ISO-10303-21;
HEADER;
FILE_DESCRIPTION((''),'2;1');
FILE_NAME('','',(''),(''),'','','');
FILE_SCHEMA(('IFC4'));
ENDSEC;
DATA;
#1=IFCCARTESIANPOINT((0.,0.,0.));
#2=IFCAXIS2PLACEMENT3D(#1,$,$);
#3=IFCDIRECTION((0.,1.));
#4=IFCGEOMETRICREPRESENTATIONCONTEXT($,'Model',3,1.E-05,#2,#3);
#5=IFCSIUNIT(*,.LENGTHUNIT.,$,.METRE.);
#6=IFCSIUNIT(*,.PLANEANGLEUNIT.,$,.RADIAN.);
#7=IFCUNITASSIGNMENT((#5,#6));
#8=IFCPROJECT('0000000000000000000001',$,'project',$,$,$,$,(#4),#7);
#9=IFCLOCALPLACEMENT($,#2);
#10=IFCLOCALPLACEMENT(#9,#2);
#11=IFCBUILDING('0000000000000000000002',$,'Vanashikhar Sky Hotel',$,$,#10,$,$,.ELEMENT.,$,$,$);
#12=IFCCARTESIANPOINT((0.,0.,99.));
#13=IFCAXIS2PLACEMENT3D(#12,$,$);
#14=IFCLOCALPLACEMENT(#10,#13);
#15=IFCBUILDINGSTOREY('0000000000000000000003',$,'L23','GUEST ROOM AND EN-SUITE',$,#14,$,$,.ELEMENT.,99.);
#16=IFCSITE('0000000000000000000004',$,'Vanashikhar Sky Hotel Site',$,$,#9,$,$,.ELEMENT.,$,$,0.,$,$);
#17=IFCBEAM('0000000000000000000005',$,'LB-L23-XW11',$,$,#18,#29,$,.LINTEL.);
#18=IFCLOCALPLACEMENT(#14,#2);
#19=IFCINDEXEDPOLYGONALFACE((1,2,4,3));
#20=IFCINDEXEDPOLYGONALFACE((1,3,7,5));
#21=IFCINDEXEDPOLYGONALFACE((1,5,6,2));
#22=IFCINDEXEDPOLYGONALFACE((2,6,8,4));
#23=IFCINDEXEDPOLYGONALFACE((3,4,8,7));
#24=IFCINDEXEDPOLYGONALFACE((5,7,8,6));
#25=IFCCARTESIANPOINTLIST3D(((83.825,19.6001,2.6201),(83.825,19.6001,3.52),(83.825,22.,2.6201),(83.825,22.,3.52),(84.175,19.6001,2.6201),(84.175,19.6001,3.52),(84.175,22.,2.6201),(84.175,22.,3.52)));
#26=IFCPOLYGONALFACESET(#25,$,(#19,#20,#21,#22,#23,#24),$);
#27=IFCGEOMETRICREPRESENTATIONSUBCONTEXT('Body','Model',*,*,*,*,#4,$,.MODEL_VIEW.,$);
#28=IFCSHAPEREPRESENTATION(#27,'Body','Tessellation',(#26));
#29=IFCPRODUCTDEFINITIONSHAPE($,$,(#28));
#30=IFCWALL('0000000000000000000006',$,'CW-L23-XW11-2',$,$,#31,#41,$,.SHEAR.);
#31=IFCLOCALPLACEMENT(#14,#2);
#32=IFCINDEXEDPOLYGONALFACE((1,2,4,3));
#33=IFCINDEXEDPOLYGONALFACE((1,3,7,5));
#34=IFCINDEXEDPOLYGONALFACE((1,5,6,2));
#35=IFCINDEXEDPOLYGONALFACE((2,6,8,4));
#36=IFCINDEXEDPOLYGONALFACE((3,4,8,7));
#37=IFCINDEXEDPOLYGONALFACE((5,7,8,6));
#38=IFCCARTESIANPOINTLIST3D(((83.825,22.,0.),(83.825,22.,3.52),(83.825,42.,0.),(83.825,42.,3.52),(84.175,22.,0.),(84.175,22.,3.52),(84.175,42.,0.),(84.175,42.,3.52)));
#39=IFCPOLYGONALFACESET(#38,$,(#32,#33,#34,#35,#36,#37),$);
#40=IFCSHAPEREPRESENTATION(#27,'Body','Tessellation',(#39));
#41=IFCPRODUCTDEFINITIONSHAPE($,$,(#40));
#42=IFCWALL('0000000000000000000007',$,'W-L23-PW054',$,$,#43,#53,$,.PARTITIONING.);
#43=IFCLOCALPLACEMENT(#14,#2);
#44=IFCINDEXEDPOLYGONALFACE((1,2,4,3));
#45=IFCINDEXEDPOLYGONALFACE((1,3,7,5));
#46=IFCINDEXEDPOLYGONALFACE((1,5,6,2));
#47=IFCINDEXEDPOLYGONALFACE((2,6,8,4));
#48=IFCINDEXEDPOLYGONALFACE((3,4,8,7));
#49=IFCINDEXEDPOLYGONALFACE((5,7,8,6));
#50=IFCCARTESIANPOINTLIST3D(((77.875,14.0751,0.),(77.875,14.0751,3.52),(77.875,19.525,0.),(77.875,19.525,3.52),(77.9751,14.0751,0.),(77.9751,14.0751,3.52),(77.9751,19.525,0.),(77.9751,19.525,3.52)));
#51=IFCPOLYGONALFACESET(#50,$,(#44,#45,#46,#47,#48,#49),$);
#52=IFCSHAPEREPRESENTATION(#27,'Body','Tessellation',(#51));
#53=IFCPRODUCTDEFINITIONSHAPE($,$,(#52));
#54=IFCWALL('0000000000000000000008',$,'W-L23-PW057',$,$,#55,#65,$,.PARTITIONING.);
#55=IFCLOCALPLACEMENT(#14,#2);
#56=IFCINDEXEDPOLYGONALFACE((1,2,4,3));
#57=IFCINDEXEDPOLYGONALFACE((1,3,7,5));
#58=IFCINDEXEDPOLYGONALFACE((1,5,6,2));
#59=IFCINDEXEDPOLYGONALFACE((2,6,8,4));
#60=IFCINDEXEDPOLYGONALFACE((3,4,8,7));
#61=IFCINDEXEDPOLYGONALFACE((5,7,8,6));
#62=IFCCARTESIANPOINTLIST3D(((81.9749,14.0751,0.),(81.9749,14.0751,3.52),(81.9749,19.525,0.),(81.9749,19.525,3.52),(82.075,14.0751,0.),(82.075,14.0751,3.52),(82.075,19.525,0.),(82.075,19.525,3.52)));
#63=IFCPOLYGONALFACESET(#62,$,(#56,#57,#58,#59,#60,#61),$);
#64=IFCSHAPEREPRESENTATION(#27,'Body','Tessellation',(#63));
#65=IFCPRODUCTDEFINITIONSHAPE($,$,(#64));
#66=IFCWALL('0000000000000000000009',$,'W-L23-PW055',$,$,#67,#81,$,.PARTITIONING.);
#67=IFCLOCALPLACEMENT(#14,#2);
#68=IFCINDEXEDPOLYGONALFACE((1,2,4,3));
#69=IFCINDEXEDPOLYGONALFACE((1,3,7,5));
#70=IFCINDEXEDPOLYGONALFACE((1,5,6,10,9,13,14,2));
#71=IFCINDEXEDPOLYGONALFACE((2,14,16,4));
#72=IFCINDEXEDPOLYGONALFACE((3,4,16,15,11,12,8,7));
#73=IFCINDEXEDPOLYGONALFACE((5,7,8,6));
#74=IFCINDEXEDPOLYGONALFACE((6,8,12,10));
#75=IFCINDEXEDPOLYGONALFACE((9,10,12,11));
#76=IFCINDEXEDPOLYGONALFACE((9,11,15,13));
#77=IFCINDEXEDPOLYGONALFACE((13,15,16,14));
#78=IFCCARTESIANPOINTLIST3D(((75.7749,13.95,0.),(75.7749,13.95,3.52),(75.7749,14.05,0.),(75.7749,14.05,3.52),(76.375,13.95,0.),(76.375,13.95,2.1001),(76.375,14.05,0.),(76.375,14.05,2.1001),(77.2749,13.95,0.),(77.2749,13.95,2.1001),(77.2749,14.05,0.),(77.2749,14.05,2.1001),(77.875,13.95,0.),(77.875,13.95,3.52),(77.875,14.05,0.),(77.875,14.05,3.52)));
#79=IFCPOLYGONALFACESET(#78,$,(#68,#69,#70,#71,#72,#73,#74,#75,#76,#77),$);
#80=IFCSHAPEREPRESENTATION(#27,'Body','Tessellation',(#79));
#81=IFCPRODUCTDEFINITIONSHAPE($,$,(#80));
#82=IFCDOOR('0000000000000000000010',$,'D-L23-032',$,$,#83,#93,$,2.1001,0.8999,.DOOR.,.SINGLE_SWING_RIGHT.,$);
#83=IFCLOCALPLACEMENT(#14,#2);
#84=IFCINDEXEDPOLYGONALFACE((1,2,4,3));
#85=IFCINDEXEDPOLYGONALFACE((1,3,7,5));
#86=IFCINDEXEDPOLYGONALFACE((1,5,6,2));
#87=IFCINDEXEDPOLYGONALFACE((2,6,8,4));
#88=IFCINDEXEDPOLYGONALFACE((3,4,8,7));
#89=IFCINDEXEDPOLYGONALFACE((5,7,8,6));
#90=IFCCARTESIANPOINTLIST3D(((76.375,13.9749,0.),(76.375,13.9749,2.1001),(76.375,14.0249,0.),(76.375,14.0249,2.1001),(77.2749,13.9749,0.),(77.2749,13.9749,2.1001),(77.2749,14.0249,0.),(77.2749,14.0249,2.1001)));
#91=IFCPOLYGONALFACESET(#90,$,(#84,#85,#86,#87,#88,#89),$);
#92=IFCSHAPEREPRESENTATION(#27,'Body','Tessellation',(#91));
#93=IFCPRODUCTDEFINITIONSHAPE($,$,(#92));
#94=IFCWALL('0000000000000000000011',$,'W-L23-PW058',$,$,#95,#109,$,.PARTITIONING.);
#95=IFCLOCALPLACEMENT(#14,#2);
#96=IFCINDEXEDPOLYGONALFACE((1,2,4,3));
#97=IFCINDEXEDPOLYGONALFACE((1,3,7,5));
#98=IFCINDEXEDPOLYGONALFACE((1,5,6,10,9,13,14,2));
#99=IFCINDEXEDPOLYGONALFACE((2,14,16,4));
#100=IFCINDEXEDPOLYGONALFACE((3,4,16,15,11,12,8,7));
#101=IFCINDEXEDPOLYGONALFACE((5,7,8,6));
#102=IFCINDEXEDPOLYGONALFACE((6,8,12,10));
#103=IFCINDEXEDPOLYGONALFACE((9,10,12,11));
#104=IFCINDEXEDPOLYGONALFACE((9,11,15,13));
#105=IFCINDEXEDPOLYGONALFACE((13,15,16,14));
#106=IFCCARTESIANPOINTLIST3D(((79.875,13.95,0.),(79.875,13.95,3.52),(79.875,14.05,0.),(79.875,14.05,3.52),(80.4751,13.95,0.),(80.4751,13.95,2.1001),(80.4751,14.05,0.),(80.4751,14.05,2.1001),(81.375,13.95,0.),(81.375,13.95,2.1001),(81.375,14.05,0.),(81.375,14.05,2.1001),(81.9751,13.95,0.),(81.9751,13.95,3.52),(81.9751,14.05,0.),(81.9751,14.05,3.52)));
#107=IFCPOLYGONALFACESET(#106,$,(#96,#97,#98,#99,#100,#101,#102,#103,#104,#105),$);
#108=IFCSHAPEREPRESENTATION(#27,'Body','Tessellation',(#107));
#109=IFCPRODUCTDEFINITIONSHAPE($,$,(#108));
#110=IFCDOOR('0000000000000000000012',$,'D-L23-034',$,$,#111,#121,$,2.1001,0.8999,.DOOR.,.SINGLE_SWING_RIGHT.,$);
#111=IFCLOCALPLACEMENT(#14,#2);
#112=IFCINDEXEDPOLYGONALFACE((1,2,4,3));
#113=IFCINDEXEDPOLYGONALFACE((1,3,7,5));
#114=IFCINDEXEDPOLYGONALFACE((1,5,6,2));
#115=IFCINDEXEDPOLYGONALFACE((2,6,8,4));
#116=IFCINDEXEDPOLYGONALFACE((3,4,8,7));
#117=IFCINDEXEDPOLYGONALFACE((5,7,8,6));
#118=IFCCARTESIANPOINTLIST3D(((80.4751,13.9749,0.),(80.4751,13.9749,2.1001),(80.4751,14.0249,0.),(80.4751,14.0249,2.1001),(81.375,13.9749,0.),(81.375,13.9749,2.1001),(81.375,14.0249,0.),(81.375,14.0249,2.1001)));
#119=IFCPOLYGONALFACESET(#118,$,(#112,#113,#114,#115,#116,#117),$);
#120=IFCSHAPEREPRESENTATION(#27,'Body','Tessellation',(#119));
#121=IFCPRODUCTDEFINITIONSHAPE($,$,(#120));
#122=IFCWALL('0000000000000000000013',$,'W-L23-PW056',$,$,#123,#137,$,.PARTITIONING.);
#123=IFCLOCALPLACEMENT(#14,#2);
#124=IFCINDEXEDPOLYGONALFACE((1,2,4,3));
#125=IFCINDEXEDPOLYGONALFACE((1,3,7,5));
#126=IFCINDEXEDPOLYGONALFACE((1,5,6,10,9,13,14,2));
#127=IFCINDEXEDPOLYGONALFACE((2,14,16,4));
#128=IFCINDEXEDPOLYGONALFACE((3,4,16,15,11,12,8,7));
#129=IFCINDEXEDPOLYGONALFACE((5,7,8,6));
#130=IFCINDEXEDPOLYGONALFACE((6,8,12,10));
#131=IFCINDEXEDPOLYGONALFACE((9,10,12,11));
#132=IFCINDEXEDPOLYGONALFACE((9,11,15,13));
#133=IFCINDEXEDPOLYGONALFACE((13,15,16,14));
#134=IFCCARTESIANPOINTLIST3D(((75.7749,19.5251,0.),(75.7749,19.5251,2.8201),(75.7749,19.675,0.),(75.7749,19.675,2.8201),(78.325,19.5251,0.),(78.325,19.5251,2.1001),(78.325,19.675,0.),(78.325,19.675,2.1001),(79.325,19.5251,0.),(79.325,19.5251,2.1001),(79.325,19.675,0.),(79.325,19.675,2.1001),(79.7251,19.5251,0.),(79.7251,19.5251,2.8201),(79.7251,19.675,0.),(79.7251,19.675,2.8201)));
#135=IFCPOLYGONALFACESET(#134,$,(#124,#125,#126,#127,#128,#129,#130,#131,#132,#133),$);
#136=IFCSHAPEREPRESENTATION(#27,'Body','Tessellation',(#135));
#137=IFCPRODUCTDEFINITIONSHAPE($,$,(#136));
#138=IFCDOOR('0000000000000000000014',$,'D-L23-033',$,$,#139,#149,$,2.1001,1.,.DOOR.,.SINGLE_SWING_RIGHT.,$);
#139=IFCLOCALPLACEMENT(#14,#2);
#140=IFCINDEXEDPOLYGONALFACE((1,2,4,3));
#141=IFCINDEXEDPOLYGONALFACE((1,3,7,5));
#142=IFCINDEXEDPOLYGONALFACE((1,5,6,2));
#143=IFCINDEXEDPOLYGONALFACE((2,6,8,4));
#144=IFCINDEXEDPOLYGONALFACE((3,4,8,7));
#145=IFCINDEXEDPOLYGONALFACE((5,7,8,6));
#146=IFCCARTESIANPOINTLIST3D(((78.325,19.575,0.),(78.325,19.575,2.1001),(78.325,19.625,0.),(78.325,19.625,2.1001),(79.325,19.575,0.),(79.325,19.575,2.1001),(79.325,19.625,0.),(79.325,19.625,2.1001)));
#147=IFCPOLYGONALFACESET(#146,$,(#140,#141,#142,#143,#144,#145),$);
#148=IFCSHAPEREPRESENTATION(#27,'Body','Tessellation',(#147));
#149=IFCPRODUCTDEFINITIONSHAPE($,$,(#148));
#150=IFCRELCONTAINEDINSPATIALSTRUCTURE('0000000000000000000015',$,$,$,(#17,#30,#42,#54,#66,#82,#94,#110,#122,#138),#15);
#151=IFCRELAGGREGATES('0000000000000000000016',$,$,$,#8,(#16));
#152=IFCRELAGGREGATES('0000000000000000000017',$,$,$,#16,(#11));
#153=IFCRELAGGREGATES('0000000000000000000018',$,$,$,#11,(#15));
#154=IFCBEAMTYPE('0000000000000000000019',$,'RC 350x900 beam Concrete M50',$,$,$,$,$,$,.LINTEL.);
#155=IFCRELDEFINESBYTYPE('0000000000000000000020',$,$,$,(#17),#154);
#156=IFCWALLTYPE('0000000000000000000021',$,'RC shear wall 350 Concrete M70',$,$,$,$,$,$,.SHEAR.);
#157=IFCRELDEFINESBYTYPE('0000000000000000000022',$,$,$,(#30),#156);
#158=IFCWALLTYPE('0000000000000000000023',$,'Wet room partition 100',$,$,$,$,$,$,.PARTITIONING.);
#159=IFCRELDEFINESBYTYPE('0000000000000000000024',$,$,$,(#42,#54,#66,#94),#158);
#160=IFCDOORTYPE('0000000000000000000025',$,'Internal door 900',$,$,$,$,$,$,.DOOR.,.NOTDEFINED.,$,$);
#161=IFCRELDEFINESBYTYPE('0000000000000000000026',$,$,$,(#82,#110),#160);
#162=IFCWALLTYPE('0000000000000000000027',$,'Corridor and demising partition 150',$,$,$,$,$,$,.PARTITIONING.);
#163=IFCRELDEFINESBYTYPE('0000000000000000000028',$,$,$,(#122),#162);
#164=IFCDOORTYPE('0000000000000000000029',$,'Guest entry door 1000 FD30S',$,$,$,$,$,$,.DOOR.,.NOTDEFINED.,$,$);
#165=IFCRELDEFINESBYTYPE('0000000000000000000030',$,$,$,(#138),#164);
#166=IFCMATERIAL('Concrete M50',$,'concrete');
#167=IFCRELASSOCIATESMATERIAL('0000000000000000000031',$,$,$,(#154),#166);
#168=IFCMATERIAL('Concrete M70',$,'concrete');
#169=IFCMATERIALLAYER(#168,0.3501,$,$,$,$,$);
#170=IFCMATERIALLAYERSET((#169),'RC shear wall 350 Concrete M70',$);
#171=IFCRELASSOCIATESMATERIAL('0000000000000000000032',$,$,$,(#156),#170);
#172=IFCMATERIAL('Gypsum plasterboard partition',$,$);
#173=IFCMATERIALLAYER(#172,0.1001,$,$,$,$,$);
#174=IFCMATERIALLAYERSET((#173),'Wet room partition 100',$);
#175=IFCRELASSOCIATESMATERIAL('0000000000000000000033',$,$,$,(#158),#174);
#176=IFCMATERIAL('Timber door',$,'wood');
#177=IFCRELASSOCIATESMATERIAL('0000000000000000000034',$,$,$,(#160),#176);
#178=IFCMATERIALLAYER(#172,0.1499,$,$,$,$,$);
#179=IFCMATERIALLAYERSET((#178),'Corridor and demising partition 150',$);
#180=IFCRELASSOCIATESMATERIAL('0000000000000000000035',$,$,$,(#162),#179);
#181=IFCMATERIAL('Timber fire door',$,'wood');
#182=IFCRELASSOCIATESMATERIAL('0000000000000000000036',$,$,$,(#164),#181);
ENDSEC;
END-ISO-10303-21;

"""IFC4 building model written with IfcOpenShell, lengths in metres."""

from ifc_helpers import new_model, si_unit, direction, frame, frame_2d, origin, origin_2d, place, context, subcontext, project, spatial, rectangle, extrude, source, transform, mapped, material, layer, layer_set, material_profile, profile_set, type_object, element, fill, save


model = new_model("IFC4")

# Units and contexts
model_context = context("Model", 3, precision=1e-05, world=origin(), true_north=direction((0.0, 1.0)))
body_context = subcontext(model_context, "Body", "Model", "MODEL_VIEW")
ifc_project = project(units=[si_unit("LENGTHUNIT", "METRE"), si_unit("PLANEANGLEUNIT", "RADIAN")], contexts=[model_context])

# Site, building, storey
site_placement = place(None, origin())
site = spatial("IfcSite", under=ifc_project, at=site_placement, Name="Vanashikhar Sky Hotel Site", CompositionType="ELEMENT", RefElevation=0.0)
building_placement = place(site_placement, origin())
building = spatial("IfcBuilding", under=site, at=building_placement, Name="Vanashikhar Sky Hotel", CompositionType="ELEMENT")
storey_placement = place(building_placement, frame((0.0, 0.0, 99.0)))
storey = spatial("IfcBuildingStorey", under=building, at=storey_placement, Name="L23", Description="GUEST ROOM AND EN-SUITE", CompositionType="ELEMENT", Elevation=99.0)

# Beam
ifc_material_1 = material(Name="Concrete M50", Category="concrete")
ifc_material_profile = material_profile(ifc_material_1, rectangle(XDim=0.3501, YDim=0.8999, at=origin_2d()))
ifc_profile_set = profile_set([ifc_material_profile], Name="RC 350x900 beam Concrete M50")
beam_type = type_object("IfcBeamType", Name="RC 350x900 beam Concrete M50", PredefinedType="LINTEL", material=ifc_profile_set)
shared_shape_1 = source(origin(), body_context, "Body", "SweptSolid", [
    extrude(rectangle(XDim=0.3501, YDim=0.8999, at=origin_2d()), origin(), (0.0, 0.0, 1.0), 2.3999),
])
beam_placement = place(storey_placement, frame((84.0, 19.6001, 3.0701), z_axis=(0.0, 1.0, 0.0), x_axis=(-1.0, 0.0, 0.0)))
element("IfcBeam", 1, at=beam_placement, inside=storey, type_object=beam_type, Name="LB-L23-XW11", PredefinedType="LINTEL", context=body_context, shape_type="MappedRepresentation", body=[
    mapped(shared_shape_1, transform((0.0, 0.0, 0.0), scale=1.0)),
])

# Wall
ifc_material_2 = material(Name="Concrete M70", Category="concrete")
ifc_layer_1 = layer(ifc_material_2, 0.3501)
ifc_layer_set_1 = layer_set([ifc_layer_1], Name="RC shear wall 350 Concrete M70")
wall_type_1 = type_object("IfcWallType", Name="RC shear wall 350 Concrete M70", PredefinedType="SHEAR", material=ifc_layer_set_1)
shared_shape_2 = source(origin(), body_context, "Body", "SweptSolid", [
    extrude(rectangle(XDim=20.0, YDim=0.3501, at=frame_2d((10.0, 0.0))), origin(), (0.0, 0.0, 1.0), 3.52),
])
wall_1_placement = place(storey_placement, frame((84.0, 22.0, 0.0), z_axis=(0.0, 0.0, 1.0), x_axis=(0.0, 1.0, 0.0)))
element("IfcWall", 2, at=wall_1_placement, inside=storey, type_object=wall_type_1, Name="CW-L23-XW11-2", PredefinedType="SHEAR", context=body_context, shape_type="MappedRepresentation", body=[
    mapped(shared_shape_2, transform((0.0, 0.0, 0.0), scale=1.0)),
])

# Walls
ifc_material_3 = material(Name="Gypsum plasterboard partition")
ifc_layer_2 = layer(ifc_material_3, 0.1001)
ifc_layer_set_2 = layer_set([ifc_layer_2], Name="Wet room partition 100")
wall_type_2 = type_object("IfcWallType", Name="Wet room partition 100", PredefinedType="PARTITIONING", material=ifc_layer_set_2)
shared_shape_3 = source(origin(), body_context, "Body", "SweptSolid", [
    extrude(rectangle(XDim=5.45, YDim=0.1001, at=frame_2d((2.7251, 0.0))), origin(), (0.0, 0.0, 1.0), 3.52),
])
for number, where, z_axis, x_axis, name in (
    (3, (77.925, 14.075, 0.0), (0.0, 0.0, 1.0), (0.0, 1.0, 0.0), "W-L23-PW054"),
    (4, (82.0249, 14.075, 0.0), (0.0, 0.0, 1.0), (0.0, 1.0, 0.0), "W-L23-PW057"),
):
    element("IfcWall", number, at=place(storey_placement, frame(where, z_axis=z_axis, x_axis=x_axis)), inside=storey, type_object=wall_type_2, Name=name, PredefinedType="PARTITIONING", context=body_context, shape_type="MappedRepresentation", body=[
        mapped(shared_shape_3, transform((0.0, 0.0, 0.0), scale=1.0)),
    ])

# Walls, openings, doors
shared_shape_4 = source(origin(), body_context, "Body", "SweptSolid", [
    extrude(rectangle(XDim=2.1001, YDim=0.1001, at=frame_2d((1.05, 0.0))), origin(), (0.0, 0.0, 1.0), 3.52),
])
wall_2_placement = place(storey_placement, frame((75.7749, 14.0, 0.0), z_axis=(0.0, 0.0, 1.0), x_axis=(1.0, 0.0, 0.0)))
wall_2 = element("IfcWall", 5, at=wall_2_placement, inside=storey, type_object=wall_type_2, Name="W-L23-PW055", PredefinedType="PARTITIONING", context=body_context, shape_type="MappedRepresentation", body=[
    mapped(shared_shape_4, transform((0.0, 0.0, 0.0), scale=1.0)),
])
shared_shape_5 = source(origin(), body_context, "Body", "SweptSolid", [
    extrude(rectangle(XDim=0.8999, YDim=2.1001, at=frame_2d((0.45, 1.05))), frame((0.0, 0.0601, 0.0), z_axis=(0.0, -1.0, 0.0), x_axis=(1.0, 0.0, 0.0)), (0.0, 0.0, 1.0), 0.1201),
])
opening_1_placement = place(wall_2_placement, frame((0.6001, 0.0, 0.0)))
opening_1 = element("IfcOpeningElement", 6, at=opening_1_placement, cuts=wall_2, PredefinedType="OPENING", context=body_context, shape_type="MappedRepresentation", body=[
    mapped(shared_shape_5, transform((0.0, 0.0, 0.0), scale=1.0)),
])
ifc_material_4 = material(Name="Timber door", Category="wood")
door_type_1 = type_object("IfcDoorType", Name="Internal door 900", OperationType="NOTDEFINED", PredefinedType="DOOR", material=ifc_material_4)
shared_shape_6 = source(origin(), body_context, "Body", "SweptSolid", [
    extrude(rectangle(XDim=0.8999, YDim=2.1001, at=frame_2d((0.45, 1.05))), frame((0.0, 0.0249, 0.0), z_axis=(0.0, -1.0, 0.0), x_axis=(1.0, 0.0, 0.0)), (0.0, 0.0, 1.0), 0.05),
])
door_1_placement = place(opening_1_placement, origin())
door_1 = element("IfcDoor", 7, at=door_1_placement, inside=storey, type_object=door_type_1, Name="D-L23-032", OperationType="SINGLE_SWING_RIGHT", OverallHeight=2.1001, OverallWidth=0.8999, PredefinedType="DOOR", context=body_context, shape_type="MappedRepresentation", body=[
    mapped(shared_shape_6, transform((0.0, 0.0, 0.0), scale=1.0)),
])
fill(opening_1, door_1)
wall_3_placement = place(storey_placement, frame((79.875, 14.0, 0.0), z_axis=(0.0, 0.0, 1.0), x_axis=(1.0, 0.0, 0.0)))
wall_3 = element("IfcWall", 8, at=wall_3_placement, inside=storey, type_object=wall_type_2, Name="W-L23-PW058", PredefinedType="PARTITIONING", context=body_context, shape_type="MappedRepresentation", body=[
    mapped(shared_shape_4, transform((0.0, 0.0, 0.0), scale=1.0)),
])
opening_2_placement = place(wall_3_placement, frame((0.6001, 0.0, 0.0)))
opening_2 = element("IfcOpeningElement", 9, at=opening_2_placement, cuts=wall_3, PredefinedType="OPENING", context=body_context, shape_type="MappedRepresentation", body=[
    mapped(shared_shape_5, transform((0.0, 0.0, 0.0), scale=1.0)),
])
door_2_placement = place(opening_2_placement, origin())
door_2 = element("IfcDoor", 10, at=door_2_placement, inside=storey, type_object=door_type_1, Name="D-L23-034", OperationType="SINGLE_SWING_RIGHT", OverallHeight=2.1001, OverallWidth=0.8999, PredefinedType="DOOR", context=body_context, shape_type="MappedRepresentation", body=[
    mapped(shared_shape_6, transform((0.0, 0.0, 0.0), scale=1.0)),
])
fill(opening_2, door_2)
ifc_layer_3 = layer(ifc_material_3, 0.1499)
ifc_layer_set_3 = layer_set([ifc_layer_3], Name="Corridor and demising partition 150")
wall_type_3 = type_object("IfcWallType", Name="Corridor and demising partition 150", PredefinedType="PARTITIONING", material=ifc_layer_set_3)
shared_shape_7 = source(origin(), body_context, "Body", "SweptSolid", [
    extrude(rectangle(XDim=3.9502, YDim=0.1499, at=frame_2d((1.9751, 0.0))), origin(), (0.0, 0.0, 1.0), 2.8201),
])
wall_4_placement = place(storey_placement, frame((75.7749, 19.6001, 0.0), z_axis=(0.0, 0.0, 1.0), x_axis=(1.0, 0.0, 0.0)))
wall_4 = element("IfcWall", 11, at=wall_4_placement, inside=storey, type_object=wall_type_3, Name="W-L23-PW056", PredefinedType="PARTITIONING", context=body_context, shape_type="MappedRepresentation", body=[
    mapped(shared_shape_7, transform((0.0, 0.0, 0.0), scale=1.0)),
])
shared_shape_8 = source(origin(), body_context, "Body", "SweptSolid", [
    extrude(rectangle(XDim=1.0, YDim=2.1001, at=frame_2d((0.5, 1.05))), frame((0.0, 0.085, 0.0), z_axis=(0.0, -1.0, 0.0), x_axis=(1.0, 0.0, 0.0)), (0.0, 0.0, 1.0), 0.1699),
])
opening_3_placement = place(wall_4_placement, frame((2.55, 0.0, 0.0)))
opening_3 = element("IfcOpeningElement", 12, at=opening_3_placement, cuts=wall_4, PredefinedType="OPENING", context=body_context, shape_type="MappedRepresentation", body=[
    mapped(shared_shape_8, transform((0.0, 0.0, 0.0), scale=1.0)),
])
ifc_material_5 = material(Name="Timber fire door", Category="wood")
door_type_2 = type_object("IfcDoorType", Name="Guest entry door 1000 FD30S", OperationType="NOTDEFINED", PredefinedType="DOOR", material=ifc_material_5)
shared_shape_9 = source(origin(), body_context, "Body", "SweptSolid", [
    extrude(rectangle(XDim=1.0, YDim=2.1001, at=frame_2d((0.5, 1.05))), frame((0.0, 0.0249, 0.0), z_axis=(0.0, -1.0, 0.0), x_axis=(1.0, 0.0, 0.0)), (0.0, 0.0, 1.0), 0.05),
])
door_3_placement = place(opening_3_placement, origin())
door_3 = element("IfcDoor", 13, at=door_3_placement, inside=storey, type_object=door_type_2, Name="D-L23-033", OperationType="SINGLE_SWING_RIGHT", OverallHeight=2.1001, OverallWidth=1.0, PredefinedType="DOOR", context=body_context, shape_type="MappedRepresentation", body=[
    mapped(shared_shape_9, transform((0.0, 0.0, 0.0), scale=1.0)),
])
fill(opening_3, door_3)

save(model, "model.ifc")
